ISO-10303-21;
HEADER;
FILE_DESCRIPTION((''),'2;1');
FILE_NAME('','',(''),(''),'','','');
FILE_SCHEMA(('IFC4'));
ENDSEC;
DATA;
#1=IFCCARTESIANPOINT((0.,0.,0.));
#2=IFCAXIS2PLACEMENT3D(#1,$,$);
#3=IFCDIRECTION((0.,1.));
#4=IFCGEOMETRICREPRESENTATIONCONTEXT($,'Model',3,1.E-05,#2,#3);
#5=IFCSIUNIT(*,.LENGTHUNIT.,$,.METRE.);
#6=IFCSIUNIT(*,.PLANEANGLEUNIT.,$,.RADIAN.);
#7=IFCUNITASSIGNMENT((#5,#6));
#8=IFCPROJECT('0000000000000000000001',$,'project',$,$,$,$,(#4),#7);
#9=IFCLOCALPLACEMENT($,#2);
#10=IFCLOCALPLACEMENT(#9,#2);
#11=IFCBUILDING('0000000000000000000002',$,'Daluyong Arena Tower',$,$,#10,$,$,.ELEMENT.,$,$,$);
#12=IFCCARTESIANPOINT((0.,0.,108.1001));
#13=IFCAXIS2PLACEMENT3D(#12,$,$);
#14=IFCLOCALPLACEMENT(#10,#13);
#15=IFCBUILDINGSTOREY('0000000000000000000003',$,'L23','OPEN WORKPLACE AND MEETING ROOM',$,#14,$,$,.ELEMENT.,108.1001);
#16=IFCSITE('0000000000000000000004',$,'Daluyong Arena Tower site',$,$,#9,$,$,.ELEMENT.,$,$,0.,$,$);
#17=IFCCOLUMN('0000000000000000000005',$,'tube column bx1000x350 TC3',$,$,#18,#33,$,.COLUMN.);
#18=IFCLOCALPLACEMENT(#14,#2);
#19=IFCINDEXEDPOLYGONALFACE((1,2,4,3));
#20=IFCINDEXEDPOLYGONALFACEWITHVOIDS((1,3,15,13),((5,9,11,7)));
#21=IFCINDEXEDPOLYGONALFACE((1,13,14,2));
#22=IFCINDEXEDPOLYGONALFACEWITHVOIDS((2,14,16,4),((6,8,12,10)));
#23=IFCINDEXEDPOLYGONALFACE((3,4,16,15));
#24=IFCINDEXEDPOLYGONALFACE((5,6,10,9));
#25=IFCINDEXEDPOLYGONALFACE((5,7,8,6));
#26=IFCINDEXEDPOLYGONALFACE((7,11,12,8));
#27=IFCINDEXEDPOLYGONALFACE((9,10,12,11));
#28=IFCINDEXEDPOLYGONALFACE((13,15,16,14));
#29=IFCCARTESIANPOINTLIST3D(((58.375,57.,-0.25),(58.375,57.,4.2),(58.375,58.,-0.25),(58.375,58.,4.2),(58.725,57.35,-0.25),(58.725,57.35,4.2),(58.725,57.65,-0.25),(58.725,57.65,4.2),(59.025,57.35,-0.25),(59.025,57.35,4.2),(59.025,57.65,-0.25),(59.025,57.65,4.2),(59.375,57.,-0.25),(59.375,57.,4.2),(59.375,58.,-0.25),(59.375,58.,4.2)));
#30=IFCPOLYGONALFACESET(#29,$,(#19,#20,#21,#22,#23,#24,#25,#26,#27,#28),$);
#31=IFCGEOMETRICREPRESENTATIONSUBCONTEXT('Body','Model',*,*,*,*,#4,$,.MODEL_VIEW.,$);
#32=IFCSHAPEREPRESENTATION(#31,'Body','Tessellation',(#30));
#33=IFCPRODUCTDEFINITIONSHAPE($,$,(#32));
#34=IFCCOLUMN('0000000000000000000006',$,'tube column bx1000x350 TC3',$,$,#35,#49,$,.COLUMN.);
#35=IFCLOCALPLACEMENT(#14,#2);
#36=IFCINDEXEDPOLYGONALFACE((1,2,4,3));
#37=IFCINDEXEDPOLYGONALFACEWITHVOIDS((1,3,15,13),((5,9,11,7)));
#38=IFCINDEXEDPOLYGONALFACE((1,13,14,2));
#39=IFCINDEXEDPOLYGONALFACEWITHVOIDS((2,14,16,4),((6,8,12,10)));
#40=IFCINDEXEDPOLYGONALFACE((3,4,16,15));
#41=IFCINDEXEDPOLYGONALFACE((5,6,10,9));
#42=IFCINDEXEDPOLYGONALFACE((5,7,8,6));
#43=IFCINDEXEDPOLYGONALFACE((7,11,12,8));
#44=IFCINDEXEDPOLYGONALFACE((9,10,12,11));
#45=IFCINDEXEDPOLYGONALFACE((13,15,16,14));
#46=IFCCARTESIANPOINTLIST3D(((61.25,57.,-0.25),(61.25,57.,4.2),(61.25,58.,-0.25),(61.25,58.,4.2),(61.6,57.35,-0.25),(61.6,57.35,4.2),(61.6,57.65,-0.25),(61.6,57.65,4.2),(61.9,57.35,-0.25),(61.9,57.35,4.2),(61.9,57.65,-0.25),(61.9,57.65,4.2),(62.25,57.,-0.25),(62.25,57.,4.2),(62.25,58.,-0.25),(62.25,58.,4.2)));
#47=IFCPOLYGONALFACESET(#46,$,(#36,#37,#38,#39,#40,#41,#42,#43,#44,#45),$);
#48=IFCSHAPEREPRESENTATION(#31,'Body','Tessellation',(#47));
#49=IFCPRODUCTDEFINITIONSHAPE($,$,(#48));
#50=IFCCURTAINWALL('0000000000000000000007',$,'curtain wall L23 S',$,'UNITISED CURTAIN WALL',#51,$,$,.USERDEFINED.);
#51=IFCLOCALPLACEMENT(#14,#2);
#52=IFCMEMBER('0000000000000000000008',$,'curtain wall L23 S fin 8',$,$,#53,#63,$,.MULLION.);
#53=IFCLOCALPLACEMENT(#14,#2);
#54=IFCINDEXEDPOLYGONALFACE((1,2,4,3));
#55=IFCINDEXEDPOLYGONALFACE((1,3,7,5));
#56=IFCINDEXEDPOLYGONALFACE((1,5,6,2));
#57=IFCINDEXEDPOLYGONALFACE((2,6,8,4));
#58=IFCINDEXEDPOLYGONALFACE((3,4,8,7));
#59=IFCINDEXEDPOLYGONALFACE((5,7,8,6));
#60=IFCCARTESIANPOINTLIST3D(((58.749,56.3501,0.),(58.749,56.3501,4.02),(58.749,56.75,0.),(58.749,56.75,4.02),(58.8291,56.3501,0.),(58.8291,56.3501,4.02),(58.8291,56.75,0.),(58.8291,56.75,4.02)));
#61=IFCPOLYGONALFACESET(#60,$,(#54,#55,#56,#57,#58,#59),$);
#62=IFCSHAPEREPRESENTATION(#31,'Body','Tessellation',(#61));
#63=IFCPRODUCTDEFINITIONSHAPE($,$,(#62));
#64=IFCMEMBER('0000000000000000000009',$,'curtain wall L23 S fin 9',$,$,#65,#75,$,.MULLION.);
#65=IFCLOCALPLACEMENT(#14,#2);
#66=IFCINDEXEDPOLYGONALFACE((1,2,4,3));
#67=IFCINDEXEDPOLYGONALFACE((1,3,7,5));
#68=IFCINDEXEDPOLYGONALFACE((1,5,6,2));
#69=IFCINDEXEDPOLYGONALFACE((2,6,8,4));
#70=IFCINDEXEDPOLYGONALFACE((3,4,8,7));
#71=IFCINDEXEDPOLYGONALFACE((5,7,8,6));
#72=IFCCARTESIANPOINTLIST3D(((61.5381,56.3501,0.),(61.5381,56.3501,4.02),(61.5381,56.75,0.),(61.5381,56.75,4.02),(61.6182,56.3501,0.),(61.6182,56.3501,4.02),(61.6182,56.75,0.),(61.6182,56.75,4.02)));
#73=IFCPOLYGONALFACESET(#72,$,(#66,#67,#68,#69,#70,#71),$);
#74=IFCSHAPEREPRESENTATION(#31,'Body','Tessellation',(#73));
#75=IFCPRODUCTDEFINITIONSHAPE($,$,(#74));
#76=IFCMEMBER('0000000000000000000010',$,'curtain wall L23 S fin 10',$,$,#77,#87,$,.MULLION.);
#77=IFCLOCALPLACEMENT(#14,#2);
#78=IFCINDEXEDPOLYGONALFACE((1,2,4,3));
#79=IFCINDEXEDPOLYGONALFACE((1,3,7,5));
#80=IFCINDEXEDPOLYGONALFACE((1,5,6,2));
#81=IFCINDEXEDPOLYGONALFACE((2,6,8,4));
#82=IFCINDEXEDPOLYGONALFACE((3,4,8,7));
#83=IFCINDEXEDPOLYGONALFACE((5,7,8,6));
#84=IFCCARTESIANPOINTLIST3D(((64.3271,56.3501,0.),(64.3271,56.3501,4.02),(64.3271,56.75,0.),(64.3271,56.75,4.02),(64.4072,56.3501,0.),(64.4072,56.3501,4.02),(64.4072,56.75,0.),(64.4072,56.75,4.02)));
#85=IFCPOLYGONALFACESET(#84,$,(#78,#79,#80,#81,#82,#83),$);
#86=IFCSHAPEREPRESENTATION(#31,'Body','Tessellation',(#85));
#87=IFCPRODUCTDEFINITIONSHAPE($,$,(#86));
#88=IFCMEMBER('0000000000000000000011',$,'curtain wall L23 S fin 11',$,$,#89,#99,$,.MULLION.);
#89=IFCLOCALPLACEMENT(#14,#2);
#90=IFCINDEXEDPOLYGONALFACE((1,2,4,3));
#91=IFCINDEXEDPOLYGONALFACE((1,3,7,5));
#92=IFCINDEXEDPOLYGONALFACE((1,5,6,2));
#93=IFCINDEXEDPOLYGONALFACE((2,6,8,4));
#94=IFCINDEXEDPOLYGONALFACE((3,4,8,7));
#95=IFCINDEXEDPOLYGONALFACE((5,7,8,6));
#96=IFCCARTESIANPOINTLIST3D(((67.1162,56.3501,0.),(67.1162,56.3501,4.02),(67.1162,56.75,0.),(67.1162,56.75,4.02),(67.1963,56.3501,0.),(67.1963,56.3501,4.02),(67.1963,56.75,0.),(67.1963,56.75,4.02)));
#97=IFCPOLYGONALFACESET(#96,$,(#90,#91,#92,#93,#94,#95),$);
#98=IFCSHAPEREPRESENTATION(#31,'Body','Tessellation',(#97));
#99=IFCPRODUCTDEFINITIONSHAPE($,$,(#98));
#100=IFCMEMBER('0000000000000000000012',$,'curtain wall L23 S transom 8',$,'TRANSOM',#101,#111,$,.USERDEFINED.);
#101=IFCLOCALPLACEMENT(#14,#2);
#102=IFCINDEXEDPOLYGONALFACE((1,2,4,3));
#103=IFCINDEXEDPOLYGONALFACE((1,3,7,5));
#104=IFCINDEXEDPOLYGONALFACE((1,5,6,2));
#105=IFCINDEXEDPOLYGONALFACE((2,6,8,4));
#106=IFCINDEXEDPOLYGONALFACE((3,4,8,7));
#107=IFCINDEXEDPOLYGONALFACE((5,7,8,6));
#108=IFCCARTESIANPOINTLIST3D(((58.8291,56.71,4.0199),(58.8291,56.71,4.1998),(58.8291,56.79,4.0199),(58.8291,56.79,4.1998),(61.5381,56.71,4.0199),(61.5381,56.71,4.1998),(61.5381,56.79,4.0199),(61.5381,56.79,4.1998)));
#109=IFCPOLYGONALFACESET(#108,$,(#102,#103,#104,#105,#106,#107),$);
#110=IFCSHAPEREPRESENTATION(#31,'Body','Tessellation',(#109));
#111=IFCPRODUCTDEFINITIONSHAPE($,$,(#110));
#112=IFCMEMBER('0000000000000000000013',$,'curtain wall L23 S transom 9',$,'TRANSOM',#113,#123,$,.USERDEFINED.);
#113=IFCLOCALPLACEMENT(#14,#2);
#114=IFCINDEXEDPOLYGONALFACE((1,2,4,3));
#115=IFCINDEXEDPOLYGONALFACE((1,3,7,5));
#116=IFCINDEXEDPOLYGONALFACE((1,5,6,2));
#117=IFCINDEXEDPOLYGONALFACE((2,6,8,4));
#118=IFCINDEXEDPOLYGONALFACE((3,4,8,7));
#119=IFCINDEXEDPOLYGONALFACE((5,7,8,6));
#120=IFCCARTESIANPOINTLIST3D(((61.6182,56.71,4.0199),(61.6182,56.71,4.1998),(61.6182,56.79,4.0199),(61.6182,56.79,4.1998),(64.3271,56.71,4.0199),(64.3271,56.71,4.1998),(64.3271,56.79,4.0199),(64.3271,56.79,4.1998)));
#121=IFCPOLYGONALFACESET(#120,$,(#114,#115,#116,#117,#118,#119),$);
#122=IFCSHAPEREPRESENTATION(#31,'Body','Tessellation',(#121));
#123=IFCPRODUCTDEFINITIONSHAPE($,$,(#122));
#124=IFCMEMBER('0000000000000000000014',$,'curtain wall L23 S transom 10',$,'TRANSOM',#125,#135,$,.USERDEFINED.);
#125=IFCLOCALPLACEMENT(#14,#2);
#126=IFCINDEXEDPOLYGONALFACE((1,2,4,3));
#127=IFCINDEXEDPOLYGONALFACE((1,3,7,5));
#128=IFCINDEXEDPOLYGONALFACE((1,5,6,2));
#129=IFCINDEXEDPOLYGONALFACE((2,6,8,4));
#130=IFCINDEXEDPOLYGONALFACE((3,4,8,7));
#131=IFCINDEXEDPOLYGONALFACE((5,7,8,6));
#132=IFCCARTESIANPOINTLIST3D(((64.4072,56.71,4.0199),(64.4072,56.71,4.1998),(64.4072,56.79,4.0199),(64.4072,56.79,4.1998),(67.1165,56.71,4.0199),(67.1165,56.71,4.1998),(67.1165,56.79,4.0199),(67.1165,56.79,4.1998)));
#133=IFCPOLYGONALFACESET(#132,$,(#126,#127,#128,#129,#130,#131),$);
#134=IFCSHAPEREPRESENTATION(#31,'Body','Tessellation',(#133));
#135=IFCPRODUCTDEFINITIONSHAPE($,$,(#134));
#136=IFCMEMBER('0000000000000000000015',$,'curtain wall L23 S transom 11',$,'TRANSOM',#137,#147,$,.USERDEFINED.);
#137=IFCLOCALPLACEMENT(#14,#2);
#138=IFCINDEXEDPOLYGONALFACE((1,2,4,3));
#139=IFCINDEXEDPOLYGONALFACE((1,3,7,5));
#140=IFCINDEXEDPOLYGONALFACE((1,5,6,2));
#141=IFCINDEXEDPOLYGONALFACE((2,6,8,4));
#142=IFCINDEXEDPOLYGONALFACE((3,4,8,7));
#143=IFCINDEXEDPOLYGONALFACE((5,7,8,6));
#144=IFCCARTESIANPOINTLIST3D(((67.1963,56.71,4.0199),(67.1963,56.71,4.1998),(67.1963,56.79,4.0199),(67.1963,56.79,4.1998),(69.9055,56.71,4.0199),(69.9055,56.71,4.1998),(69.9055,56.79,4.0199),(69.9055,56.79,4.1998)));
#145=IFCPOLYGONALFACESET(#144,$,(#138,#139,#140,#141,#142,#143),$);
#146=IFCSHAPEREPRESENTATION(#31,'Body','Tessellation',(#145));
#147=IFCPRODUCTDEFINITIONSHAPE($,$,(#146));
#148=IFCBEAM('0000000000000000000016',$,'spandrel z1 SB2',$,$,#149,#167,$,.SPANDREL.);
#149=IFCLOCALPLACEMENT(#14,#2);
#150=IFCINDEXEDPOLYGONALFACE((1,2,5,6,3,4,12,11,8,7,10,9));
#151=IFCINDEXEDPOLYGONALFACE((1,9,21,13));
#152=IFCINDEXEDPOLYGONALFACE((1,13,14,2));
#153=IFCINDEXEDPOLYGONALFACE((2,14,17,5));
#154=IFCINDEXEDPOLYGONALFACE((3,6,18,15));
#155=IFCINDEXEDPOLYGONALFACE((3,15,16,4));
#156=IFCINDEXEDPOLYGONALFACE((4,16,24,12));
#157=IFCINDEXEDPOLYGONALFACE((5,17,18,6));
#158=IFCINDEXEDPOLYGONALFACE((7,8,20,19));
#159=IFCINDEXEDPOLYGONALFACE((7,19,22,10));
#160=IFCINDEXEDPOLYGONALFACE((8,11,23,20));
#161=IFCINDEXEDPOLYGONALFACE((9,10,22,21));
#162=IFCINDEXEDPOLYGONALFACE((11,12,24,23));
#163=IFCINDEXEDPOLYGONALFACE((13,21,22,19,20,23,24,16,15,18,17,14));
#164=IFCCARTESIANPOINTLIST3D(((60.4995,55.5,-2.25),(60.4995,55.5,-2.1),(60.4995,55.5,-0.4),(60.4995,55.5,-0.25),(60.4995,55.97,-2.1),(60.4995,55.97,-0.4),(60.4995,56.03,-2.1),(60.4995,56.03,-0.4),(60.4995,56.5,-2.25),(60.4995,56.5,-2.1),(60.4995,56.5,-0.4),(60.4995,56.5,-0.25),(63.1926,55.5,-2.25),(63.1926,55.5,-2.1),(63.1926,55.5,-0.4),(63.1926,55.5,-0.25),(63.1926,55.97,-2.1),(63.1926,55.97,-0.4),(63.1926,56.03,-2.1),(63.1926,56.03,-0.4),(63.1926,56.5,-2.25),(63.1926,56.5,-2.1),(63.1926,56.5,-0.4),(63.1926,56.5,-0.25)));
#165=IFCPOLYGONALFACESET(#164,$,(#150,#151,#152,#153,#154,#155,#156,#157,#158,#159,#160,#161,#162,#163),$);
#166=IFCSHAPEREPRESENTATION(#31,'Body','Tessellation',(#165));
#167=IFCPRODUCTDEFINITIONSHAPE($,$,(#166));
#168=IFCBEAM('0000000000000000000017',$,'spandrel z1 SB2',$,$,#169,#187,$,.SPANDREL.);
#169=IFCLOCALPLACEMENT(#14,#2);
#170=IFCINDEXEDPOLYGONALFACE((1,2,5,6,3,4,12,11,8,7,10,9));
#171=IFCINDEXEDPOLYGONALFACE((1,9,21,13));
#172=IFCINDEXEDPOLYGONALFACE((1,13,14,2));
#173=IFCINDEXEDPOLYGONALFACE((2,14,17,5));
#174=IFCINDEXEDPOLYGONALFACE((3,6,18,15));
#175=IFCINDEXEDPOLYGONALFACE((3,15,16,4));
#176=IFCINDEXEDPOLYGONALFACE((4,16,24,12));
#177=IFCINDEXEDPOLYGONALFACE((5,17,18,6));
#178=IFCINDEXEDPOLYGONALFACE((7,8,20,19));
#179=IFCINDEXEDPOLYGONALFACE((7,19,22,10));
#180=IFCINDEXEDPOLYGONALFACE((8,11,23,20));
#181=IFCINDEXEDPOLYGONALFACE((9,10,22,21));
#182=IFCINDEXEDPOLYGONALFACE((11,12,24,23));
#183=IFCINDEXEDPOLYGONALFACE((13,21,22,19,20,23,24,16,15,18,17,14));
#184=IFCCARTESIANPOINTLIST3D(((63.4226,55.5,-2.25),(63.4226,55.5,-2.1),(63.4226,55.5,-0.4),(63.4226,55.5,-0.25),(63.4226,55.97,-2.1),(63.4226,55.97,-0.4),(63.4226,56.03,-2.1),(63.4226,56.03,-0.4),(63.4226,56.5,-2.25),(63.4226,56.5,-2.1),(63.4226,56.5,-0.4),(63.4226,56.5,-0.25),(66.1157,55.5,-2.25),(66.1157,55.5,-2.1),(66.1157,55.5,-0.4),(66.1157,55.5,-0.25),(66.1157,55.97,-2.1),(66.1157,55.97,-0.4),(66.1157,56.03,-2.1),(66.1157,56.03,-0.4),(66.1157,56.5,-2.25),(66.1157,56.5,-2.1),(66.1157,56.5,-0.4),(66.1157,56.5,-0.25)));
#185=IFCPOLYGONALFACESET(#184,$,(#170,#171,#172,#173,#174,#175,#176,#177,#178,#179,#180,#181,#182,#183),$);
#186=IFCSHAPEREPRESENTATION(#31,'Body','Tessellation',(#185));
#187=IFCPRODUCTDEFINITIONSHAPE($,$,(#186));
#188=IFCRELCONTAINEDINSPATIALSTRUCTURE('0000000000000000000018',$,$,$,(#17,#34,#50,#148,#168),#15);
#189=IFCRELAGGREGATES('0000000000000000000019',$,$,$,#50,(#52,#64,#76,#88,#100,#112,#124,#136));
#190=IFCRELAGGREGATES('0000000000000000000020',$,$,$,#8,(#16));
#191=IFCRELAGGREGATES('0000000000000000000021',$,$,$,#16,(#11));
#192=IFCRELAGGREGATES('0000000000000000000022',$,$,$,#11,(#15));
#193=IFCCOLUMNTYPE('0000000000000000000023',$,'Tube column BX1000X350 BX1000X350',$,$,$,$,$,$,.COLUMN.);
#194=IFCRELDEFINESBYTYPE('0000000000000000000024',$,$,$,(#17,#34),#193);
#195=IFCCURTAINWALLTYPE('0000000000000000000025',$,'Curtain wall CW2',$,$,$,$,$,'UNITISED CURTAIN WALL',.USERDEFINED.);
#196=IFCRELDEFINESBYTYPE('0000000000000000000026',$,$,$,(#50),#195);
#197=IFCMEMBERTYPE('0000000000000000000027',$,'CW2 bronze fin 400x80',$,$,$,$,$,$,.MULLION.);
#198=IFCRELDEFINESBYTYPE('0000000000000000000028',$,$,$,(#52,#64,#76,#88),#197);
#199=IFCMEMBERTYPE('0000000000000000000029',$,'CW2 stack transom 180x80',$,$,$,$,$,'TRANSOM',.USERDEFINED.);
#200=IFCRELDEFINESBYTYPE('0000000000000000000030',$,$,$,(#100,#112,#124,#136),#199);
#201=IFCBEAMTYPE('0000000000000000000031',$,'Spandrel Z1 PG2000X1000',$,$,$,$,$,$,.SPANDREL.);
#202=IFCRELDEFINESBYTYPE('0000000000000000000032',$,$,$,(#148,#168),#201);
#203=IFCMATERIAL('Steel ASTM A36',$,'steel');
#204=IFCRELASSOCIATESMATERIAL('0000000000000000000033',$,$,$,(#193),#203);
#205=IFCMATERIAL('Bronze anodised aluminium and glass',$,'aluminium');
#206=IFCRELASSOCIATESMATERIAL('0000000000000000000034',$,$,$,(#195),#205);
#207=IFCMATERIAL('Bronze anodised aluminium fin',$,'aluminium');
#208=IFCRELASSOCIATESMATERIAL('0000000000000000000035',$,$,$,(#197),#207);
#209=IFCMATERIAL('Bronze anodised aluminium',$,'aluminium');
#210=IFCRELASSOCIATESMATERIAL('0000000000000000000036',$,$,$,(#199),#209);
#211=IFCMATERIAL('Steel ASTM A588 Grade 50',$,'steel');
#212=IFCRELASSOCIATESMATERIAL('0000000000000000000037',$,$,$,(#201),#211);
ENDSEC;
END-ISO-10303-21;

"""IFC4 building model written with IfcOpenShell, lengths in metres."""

from ifc_helpers import new_model, si_unit, direction, frame, origin, origin_2d, place, context, subcontext, project, spatial, rectangle, hollow_rectangle, i_section, extrude, material, material_profile, profile_set, type_object, element, aggregate, save


model = new_model("IFC4")

# Units and contexts
model_context = context("Model", 3, precision=1e-05, world=origin(), true_north=direction((0.0, 1.0)))
body_context = subcontext(model_context, "Body", "Model", "MODEL_VIEW")
ifc_project = project(units=[si_unit("LENGTHUNIT", "METRE"), si_unit("PLANEANGLEUNIT", "RADIAN")], contexts=[model_context])

# Site, building, storey
site_placement = place(None, origin())
site = spatial("IfcSite", under=ifc_project, at=site_placement, Name="Daluyong Arena Tower site", CompositionType="ELEMENT", RefElevation=0.0)
building_placement = place(site_placement, origin())
building = spatial("IfcBuilding", under=site, at=building_placement, Name="Daluyong Arena Tower", CompositionType="ELEMENT")
storey_placement = place(building_placement, frame((0.0, 0.0, 108.1001)))
storey = spatial("IfcBuildingStorey", under=building, at=storey_placement, Name="L23", Description="OPEN WORKPLACE AND MEETING ROOM", CompositionType="ELEMENT", Elevation=108.1001)

# Columns
ifc_material_1 = material(Name="Steel ASTM A36", Category="steel")
ifc_material_profile_1 = material_profile(ifc_material_1, hollow_rectangle(XDim=1.0, YDim=1.0, WallThickness=0.35, at=origin_2d()))
ifc_profile_set_1 = profile_set([ifc_material_profile_1], Name="Steel ASTM A36")
column_type = type_object("IfcColumnType", Name="Tube column BX1000X350 BX1000X350", PredefinedType="COLUMN", material=ifc_profile_set_1)
for number, where, z_axis, x_axis, name in (
    (1, (58.875, 57.5, -0.25), (0.0, 0.0, 1.0), (1.0, 0.0, 0.0), "tube column bx1000x350 TC3"),
    (2, (61.75, 57.5, -0.25), (0.0, 0.0, 1.0), (1.0, 0.0, 0.0), "tube column bx1000x350 TC3"),
):
    element("IfcColumn", number, at=place(storey_placement, frame(where, z_axis=z_axis, x_axis=x_axis)), inside=storey, type_object=column_type, Name=name, PredefinedType="COLUMN", context=body_context, shape_type="SweptSolid", body=[
        extrude(hollow_rectangle(XDim=1.0, YDim=1.0, WallThickness=0.35, at=origin_2d()), origin(), (0.0, 0.0, 1.0), 4.45),
    ])

# Curtain wall, members
ifc_material_2 = material(Name="Bronze anodised aluminium and glass", Category="aluminium")
curtain_wall_type = type_object("IfcCurtainWallType", Name="Curtain wall CW2", ElementType="UNITISED CURTAIN WALL", PredefinedType="USERDEFINED", material=ifc_material_2)
curtain_wall_placement = place(storey_placement, origin())
curtain_wall = element("IfcCurtainWall", 3, at=curtain_wall_placement, inside=storey, type_object=curtain_wall_type, Name="curtain wall L23 S", ObjectType="UNITISED CURTAIN WALL", PredefinedType="USERDEFINED")
ifc_material_3 = material(Name="Bronze anodised aluminium fin", Category="aluminium")
ifc_material_profile_2 = material_profile(ifc_material_3, rectangle(XDim=0.3999, YDim=0.0801, at=origin_2d()))
ifc_profile_set_2 = profile_set([ifc_material_profile_2], Name="Bronze anodised aluminium fin")
member_type_1 = type_object("IfcMemberType", Name="CW2 bronze fin 400x80", PredefinedType="MULLION", material=ifc_profile_set_2)
member_1_placement = place(storey_placement, frame((58.7891, 56.55, 0.0), z_axis=(0.0, 0.0, 1.0), x_axis=(0.0, 1.0, 0.0)))
member_1 = element("IfcMember", 4, at=member_1_placement, type_object=member_type_1, Name="curtain wall L23 S fin 8", PredefinedType="MULLION", context=body_context, shape_type="SweptSolid", body=[
    extrude(rectangle(XDim=0.3999, YDim=0.0801, at=origin_2d()), origin(), (0.0, 0.0, 1.0), 4.02),
])
member_2_placement = place(storey_placement, frame((61.5781, 56.55, 0.0), z_axis=(0.0, 0.0, 1.0), x_axis=(0.0, 1.0, 0.0)))
member_2 = element("IfcMember", 5, at=member_2_placement, type_object=member_type_1, Name="curtain wall L23 S fin 9", PredefinedType="MULLION", context=body_context, shape_type="SweptSolid", body=[
    extrude(rectangle(XDim=0.3999, YDim=0.0801, at=origin_2d()), origin(), (0.0, 0.0, 1.0), 4.02),
])
member_3_placement = place(storey_placement, frame((64.3672, 56.55, 0.0), z_axis=(0.0, 0.0, 1.0), x_axis=(0.0, 1.0, 0.0)))
member_3 = element("IfcMember", 6, at=member_3_placement, type_object=member_type_1, Name="curtain wall L23 S fin 10", PredefinedType="MULLION", context=body_context, shape_type="SweptSolid", body=[
    extrude(rectangle(XDim=0.3999, YDim=0.0801, at=origin_2d()), origin(), (0.0, 0.0, 1.0), 4.02),
])
member_4_placement = place(storey_placement, frame((67.1562, 56.55, 0.0), z_axis=(0.0, 0.0, 1.0), x_axis=(0.0, 1.0, 0.0)))
member_4 = element("IfcMember", 7, at=member_4_placement, type_object=member_type_1, Name="curtain wall L23 S fin 11", PredefinedType="MULLION", context=body_context, shape_type="SweptSolid", body=[
    extrude(rectangle(XDim=0.3999, YDim=0.0801, at=origin_2d()), origin(), (0.0, 0.0, 1.0), 4.02),
])
ifc_material_4 = material(Name="Bronze anodised aluminium", Category="aluminium")
ifc_material_profile_3 = material_profile(ifc_material_4, rectangle(XDim=0.0801, YDim=0.1799, at=origin_2d()))
ifc_profile_set_3 = profile_set([ifc_material_profile_3], Name="Bronze anodised aluminium")
member_type_2 = type_object("IfcMemberType", Name="CW2 stack transom 180x80", ElementType="TRANSOM", PredefinedType="USERDEFINED", material=ifc_profile_set_3)
member_5_placement = place(storey_placement, frame((58.8291, 56.75, 4.1099), z_axis=(1.0, 0.0, 0.0), x_axis=(0.0, 1.0, 0.0)))
member_5 = element("IfcMember", 8, at=member_5_placement, type_object=member_type_2, Name="curtain wall L23 S transom 8", ObjectType="TRANSOM", PredefinedType="USERDEFINED", context=body_context, shape_type="SweptSolid", body=[
    extrude(rectangle(XDim=0.0801, YDim=0.1799, at=origin_2d()), origin(), (0.0, 0.0, 1.0), 2.709),
])
member_6_placement = place(storey_placement, frame((61.6182, 56.75, 4.1099), z_axis=(1.0, 0.0, 0.0), x_axis=(0.0, 1.0, 0.0)))
member_6 = element("IfcMember", 9, at=member_6_placement, type_object=member_type_2, Name="curtain wall L23 S transom 9", ObjectType="TRANSOM", PredefinedType="USERDEFINED", context=body_context, shape_type="SweptSolid", body=[
    extrude(rectangle(XDim=0.0801, YDim=0.1799, at=origin_2d()), origin(), (0.0, 0.0, 1.0), 2.709),
])
member_7_placement = place(storey_placement, frame((64.4072, 56.75, 4.1099), z_axis=(1.0, 0.0, 0.0), x_axis=(0.0, 1.0, 0.0)))
member_7 = element("IfcMember", 10, at=member_7_placement, type_object=member_type_2, Name="curtain wall L23 S transom 10", ObjectType="TRANSOM", PredefinedType="USERDEFINED", context=body_context, shape_type="SweptSolid", body=[
    extrude(rectangle(XDim=0.0801, YDim=0.1799, at=origin_2d()), origin(), (0.0, 0.0, 1.0), 2.7092),
])
member_8_placement = place(storey_placement, frame((67.1963, 56.75, 4.1099), z_axis=(1.0, 0.0, 0.0), x_axis=(0.0, 1.0, 0.0)))
member_8 = element("IfcMember", 11, at=member_8_placement, type_object=member_type_2, Name="curtain wall L23 S transom 11", ObjectType="TRANSOM", PredefinedType="USERDEFINED", context=body_context, shape_type="SweptSolid", body=[
    extrude(rectangle(XDim=0.0801, YDim=0.1799, at=origin_2d()), origin(), (0.0, 0.0, 1.0), 2.7092),
])

# Beams
ifc_material_5 = material(Name="Steel ASTM A588 Grade 50", Category="steel")
ifc_material_profile_4 = material_profile(ifc_material_5, i_section(OverallWidth=1.0, OverallDepth=2.0, WebThickness=0.06, FlangeThickness=0.15, at=origin_2d()))
ifc_profile_set_4 = profile_set([ifc_material_profile_4], Name="Steel ASTM A588 Grade 50")
beam_type_1 = type_object("IfcBeamType", Name="Spandrel Z1 PG2000X1000", PredefinedType="SPANDREL", material=ifc_profile_set_4)
for number, where, z_axis, x_axis, name in (
    (12, (60.4995, 56.0, -1.25), (1.0, 0.0, 0.0), (0.0, 1.0, 0.0), "spandrel z1 SB2"),
    (13, (63.4226, 56.0, -1.25), (1.0, 0.0, 0.0), (0.0, 1.0, 0.0), "spandrel z1 SB2"),
):
    element("IfcBeam", number, at=place(storey_placement, frame(where, z_axis=z_axis, x_axis=x_axis)), inside=storey, type_object=beam_type_1, Name=name, PredefinedType="SPANDREL", context=body_context, shape_type="SweptSolid", body=[
        extrude(i_section(OverallWidth=1.0, OverallDepth=2.0, WebThickness=0.06, FlangeThickness=0.15, at=origin_2d()), origin(), (0.0, 0.0, 1.0), 2.6931),
    ])

aggregate(curtain_wall, [member_1, member_2, member_3, member_4, member_5, member_6, member_7, member_8])

save(model, "model.ifc")
